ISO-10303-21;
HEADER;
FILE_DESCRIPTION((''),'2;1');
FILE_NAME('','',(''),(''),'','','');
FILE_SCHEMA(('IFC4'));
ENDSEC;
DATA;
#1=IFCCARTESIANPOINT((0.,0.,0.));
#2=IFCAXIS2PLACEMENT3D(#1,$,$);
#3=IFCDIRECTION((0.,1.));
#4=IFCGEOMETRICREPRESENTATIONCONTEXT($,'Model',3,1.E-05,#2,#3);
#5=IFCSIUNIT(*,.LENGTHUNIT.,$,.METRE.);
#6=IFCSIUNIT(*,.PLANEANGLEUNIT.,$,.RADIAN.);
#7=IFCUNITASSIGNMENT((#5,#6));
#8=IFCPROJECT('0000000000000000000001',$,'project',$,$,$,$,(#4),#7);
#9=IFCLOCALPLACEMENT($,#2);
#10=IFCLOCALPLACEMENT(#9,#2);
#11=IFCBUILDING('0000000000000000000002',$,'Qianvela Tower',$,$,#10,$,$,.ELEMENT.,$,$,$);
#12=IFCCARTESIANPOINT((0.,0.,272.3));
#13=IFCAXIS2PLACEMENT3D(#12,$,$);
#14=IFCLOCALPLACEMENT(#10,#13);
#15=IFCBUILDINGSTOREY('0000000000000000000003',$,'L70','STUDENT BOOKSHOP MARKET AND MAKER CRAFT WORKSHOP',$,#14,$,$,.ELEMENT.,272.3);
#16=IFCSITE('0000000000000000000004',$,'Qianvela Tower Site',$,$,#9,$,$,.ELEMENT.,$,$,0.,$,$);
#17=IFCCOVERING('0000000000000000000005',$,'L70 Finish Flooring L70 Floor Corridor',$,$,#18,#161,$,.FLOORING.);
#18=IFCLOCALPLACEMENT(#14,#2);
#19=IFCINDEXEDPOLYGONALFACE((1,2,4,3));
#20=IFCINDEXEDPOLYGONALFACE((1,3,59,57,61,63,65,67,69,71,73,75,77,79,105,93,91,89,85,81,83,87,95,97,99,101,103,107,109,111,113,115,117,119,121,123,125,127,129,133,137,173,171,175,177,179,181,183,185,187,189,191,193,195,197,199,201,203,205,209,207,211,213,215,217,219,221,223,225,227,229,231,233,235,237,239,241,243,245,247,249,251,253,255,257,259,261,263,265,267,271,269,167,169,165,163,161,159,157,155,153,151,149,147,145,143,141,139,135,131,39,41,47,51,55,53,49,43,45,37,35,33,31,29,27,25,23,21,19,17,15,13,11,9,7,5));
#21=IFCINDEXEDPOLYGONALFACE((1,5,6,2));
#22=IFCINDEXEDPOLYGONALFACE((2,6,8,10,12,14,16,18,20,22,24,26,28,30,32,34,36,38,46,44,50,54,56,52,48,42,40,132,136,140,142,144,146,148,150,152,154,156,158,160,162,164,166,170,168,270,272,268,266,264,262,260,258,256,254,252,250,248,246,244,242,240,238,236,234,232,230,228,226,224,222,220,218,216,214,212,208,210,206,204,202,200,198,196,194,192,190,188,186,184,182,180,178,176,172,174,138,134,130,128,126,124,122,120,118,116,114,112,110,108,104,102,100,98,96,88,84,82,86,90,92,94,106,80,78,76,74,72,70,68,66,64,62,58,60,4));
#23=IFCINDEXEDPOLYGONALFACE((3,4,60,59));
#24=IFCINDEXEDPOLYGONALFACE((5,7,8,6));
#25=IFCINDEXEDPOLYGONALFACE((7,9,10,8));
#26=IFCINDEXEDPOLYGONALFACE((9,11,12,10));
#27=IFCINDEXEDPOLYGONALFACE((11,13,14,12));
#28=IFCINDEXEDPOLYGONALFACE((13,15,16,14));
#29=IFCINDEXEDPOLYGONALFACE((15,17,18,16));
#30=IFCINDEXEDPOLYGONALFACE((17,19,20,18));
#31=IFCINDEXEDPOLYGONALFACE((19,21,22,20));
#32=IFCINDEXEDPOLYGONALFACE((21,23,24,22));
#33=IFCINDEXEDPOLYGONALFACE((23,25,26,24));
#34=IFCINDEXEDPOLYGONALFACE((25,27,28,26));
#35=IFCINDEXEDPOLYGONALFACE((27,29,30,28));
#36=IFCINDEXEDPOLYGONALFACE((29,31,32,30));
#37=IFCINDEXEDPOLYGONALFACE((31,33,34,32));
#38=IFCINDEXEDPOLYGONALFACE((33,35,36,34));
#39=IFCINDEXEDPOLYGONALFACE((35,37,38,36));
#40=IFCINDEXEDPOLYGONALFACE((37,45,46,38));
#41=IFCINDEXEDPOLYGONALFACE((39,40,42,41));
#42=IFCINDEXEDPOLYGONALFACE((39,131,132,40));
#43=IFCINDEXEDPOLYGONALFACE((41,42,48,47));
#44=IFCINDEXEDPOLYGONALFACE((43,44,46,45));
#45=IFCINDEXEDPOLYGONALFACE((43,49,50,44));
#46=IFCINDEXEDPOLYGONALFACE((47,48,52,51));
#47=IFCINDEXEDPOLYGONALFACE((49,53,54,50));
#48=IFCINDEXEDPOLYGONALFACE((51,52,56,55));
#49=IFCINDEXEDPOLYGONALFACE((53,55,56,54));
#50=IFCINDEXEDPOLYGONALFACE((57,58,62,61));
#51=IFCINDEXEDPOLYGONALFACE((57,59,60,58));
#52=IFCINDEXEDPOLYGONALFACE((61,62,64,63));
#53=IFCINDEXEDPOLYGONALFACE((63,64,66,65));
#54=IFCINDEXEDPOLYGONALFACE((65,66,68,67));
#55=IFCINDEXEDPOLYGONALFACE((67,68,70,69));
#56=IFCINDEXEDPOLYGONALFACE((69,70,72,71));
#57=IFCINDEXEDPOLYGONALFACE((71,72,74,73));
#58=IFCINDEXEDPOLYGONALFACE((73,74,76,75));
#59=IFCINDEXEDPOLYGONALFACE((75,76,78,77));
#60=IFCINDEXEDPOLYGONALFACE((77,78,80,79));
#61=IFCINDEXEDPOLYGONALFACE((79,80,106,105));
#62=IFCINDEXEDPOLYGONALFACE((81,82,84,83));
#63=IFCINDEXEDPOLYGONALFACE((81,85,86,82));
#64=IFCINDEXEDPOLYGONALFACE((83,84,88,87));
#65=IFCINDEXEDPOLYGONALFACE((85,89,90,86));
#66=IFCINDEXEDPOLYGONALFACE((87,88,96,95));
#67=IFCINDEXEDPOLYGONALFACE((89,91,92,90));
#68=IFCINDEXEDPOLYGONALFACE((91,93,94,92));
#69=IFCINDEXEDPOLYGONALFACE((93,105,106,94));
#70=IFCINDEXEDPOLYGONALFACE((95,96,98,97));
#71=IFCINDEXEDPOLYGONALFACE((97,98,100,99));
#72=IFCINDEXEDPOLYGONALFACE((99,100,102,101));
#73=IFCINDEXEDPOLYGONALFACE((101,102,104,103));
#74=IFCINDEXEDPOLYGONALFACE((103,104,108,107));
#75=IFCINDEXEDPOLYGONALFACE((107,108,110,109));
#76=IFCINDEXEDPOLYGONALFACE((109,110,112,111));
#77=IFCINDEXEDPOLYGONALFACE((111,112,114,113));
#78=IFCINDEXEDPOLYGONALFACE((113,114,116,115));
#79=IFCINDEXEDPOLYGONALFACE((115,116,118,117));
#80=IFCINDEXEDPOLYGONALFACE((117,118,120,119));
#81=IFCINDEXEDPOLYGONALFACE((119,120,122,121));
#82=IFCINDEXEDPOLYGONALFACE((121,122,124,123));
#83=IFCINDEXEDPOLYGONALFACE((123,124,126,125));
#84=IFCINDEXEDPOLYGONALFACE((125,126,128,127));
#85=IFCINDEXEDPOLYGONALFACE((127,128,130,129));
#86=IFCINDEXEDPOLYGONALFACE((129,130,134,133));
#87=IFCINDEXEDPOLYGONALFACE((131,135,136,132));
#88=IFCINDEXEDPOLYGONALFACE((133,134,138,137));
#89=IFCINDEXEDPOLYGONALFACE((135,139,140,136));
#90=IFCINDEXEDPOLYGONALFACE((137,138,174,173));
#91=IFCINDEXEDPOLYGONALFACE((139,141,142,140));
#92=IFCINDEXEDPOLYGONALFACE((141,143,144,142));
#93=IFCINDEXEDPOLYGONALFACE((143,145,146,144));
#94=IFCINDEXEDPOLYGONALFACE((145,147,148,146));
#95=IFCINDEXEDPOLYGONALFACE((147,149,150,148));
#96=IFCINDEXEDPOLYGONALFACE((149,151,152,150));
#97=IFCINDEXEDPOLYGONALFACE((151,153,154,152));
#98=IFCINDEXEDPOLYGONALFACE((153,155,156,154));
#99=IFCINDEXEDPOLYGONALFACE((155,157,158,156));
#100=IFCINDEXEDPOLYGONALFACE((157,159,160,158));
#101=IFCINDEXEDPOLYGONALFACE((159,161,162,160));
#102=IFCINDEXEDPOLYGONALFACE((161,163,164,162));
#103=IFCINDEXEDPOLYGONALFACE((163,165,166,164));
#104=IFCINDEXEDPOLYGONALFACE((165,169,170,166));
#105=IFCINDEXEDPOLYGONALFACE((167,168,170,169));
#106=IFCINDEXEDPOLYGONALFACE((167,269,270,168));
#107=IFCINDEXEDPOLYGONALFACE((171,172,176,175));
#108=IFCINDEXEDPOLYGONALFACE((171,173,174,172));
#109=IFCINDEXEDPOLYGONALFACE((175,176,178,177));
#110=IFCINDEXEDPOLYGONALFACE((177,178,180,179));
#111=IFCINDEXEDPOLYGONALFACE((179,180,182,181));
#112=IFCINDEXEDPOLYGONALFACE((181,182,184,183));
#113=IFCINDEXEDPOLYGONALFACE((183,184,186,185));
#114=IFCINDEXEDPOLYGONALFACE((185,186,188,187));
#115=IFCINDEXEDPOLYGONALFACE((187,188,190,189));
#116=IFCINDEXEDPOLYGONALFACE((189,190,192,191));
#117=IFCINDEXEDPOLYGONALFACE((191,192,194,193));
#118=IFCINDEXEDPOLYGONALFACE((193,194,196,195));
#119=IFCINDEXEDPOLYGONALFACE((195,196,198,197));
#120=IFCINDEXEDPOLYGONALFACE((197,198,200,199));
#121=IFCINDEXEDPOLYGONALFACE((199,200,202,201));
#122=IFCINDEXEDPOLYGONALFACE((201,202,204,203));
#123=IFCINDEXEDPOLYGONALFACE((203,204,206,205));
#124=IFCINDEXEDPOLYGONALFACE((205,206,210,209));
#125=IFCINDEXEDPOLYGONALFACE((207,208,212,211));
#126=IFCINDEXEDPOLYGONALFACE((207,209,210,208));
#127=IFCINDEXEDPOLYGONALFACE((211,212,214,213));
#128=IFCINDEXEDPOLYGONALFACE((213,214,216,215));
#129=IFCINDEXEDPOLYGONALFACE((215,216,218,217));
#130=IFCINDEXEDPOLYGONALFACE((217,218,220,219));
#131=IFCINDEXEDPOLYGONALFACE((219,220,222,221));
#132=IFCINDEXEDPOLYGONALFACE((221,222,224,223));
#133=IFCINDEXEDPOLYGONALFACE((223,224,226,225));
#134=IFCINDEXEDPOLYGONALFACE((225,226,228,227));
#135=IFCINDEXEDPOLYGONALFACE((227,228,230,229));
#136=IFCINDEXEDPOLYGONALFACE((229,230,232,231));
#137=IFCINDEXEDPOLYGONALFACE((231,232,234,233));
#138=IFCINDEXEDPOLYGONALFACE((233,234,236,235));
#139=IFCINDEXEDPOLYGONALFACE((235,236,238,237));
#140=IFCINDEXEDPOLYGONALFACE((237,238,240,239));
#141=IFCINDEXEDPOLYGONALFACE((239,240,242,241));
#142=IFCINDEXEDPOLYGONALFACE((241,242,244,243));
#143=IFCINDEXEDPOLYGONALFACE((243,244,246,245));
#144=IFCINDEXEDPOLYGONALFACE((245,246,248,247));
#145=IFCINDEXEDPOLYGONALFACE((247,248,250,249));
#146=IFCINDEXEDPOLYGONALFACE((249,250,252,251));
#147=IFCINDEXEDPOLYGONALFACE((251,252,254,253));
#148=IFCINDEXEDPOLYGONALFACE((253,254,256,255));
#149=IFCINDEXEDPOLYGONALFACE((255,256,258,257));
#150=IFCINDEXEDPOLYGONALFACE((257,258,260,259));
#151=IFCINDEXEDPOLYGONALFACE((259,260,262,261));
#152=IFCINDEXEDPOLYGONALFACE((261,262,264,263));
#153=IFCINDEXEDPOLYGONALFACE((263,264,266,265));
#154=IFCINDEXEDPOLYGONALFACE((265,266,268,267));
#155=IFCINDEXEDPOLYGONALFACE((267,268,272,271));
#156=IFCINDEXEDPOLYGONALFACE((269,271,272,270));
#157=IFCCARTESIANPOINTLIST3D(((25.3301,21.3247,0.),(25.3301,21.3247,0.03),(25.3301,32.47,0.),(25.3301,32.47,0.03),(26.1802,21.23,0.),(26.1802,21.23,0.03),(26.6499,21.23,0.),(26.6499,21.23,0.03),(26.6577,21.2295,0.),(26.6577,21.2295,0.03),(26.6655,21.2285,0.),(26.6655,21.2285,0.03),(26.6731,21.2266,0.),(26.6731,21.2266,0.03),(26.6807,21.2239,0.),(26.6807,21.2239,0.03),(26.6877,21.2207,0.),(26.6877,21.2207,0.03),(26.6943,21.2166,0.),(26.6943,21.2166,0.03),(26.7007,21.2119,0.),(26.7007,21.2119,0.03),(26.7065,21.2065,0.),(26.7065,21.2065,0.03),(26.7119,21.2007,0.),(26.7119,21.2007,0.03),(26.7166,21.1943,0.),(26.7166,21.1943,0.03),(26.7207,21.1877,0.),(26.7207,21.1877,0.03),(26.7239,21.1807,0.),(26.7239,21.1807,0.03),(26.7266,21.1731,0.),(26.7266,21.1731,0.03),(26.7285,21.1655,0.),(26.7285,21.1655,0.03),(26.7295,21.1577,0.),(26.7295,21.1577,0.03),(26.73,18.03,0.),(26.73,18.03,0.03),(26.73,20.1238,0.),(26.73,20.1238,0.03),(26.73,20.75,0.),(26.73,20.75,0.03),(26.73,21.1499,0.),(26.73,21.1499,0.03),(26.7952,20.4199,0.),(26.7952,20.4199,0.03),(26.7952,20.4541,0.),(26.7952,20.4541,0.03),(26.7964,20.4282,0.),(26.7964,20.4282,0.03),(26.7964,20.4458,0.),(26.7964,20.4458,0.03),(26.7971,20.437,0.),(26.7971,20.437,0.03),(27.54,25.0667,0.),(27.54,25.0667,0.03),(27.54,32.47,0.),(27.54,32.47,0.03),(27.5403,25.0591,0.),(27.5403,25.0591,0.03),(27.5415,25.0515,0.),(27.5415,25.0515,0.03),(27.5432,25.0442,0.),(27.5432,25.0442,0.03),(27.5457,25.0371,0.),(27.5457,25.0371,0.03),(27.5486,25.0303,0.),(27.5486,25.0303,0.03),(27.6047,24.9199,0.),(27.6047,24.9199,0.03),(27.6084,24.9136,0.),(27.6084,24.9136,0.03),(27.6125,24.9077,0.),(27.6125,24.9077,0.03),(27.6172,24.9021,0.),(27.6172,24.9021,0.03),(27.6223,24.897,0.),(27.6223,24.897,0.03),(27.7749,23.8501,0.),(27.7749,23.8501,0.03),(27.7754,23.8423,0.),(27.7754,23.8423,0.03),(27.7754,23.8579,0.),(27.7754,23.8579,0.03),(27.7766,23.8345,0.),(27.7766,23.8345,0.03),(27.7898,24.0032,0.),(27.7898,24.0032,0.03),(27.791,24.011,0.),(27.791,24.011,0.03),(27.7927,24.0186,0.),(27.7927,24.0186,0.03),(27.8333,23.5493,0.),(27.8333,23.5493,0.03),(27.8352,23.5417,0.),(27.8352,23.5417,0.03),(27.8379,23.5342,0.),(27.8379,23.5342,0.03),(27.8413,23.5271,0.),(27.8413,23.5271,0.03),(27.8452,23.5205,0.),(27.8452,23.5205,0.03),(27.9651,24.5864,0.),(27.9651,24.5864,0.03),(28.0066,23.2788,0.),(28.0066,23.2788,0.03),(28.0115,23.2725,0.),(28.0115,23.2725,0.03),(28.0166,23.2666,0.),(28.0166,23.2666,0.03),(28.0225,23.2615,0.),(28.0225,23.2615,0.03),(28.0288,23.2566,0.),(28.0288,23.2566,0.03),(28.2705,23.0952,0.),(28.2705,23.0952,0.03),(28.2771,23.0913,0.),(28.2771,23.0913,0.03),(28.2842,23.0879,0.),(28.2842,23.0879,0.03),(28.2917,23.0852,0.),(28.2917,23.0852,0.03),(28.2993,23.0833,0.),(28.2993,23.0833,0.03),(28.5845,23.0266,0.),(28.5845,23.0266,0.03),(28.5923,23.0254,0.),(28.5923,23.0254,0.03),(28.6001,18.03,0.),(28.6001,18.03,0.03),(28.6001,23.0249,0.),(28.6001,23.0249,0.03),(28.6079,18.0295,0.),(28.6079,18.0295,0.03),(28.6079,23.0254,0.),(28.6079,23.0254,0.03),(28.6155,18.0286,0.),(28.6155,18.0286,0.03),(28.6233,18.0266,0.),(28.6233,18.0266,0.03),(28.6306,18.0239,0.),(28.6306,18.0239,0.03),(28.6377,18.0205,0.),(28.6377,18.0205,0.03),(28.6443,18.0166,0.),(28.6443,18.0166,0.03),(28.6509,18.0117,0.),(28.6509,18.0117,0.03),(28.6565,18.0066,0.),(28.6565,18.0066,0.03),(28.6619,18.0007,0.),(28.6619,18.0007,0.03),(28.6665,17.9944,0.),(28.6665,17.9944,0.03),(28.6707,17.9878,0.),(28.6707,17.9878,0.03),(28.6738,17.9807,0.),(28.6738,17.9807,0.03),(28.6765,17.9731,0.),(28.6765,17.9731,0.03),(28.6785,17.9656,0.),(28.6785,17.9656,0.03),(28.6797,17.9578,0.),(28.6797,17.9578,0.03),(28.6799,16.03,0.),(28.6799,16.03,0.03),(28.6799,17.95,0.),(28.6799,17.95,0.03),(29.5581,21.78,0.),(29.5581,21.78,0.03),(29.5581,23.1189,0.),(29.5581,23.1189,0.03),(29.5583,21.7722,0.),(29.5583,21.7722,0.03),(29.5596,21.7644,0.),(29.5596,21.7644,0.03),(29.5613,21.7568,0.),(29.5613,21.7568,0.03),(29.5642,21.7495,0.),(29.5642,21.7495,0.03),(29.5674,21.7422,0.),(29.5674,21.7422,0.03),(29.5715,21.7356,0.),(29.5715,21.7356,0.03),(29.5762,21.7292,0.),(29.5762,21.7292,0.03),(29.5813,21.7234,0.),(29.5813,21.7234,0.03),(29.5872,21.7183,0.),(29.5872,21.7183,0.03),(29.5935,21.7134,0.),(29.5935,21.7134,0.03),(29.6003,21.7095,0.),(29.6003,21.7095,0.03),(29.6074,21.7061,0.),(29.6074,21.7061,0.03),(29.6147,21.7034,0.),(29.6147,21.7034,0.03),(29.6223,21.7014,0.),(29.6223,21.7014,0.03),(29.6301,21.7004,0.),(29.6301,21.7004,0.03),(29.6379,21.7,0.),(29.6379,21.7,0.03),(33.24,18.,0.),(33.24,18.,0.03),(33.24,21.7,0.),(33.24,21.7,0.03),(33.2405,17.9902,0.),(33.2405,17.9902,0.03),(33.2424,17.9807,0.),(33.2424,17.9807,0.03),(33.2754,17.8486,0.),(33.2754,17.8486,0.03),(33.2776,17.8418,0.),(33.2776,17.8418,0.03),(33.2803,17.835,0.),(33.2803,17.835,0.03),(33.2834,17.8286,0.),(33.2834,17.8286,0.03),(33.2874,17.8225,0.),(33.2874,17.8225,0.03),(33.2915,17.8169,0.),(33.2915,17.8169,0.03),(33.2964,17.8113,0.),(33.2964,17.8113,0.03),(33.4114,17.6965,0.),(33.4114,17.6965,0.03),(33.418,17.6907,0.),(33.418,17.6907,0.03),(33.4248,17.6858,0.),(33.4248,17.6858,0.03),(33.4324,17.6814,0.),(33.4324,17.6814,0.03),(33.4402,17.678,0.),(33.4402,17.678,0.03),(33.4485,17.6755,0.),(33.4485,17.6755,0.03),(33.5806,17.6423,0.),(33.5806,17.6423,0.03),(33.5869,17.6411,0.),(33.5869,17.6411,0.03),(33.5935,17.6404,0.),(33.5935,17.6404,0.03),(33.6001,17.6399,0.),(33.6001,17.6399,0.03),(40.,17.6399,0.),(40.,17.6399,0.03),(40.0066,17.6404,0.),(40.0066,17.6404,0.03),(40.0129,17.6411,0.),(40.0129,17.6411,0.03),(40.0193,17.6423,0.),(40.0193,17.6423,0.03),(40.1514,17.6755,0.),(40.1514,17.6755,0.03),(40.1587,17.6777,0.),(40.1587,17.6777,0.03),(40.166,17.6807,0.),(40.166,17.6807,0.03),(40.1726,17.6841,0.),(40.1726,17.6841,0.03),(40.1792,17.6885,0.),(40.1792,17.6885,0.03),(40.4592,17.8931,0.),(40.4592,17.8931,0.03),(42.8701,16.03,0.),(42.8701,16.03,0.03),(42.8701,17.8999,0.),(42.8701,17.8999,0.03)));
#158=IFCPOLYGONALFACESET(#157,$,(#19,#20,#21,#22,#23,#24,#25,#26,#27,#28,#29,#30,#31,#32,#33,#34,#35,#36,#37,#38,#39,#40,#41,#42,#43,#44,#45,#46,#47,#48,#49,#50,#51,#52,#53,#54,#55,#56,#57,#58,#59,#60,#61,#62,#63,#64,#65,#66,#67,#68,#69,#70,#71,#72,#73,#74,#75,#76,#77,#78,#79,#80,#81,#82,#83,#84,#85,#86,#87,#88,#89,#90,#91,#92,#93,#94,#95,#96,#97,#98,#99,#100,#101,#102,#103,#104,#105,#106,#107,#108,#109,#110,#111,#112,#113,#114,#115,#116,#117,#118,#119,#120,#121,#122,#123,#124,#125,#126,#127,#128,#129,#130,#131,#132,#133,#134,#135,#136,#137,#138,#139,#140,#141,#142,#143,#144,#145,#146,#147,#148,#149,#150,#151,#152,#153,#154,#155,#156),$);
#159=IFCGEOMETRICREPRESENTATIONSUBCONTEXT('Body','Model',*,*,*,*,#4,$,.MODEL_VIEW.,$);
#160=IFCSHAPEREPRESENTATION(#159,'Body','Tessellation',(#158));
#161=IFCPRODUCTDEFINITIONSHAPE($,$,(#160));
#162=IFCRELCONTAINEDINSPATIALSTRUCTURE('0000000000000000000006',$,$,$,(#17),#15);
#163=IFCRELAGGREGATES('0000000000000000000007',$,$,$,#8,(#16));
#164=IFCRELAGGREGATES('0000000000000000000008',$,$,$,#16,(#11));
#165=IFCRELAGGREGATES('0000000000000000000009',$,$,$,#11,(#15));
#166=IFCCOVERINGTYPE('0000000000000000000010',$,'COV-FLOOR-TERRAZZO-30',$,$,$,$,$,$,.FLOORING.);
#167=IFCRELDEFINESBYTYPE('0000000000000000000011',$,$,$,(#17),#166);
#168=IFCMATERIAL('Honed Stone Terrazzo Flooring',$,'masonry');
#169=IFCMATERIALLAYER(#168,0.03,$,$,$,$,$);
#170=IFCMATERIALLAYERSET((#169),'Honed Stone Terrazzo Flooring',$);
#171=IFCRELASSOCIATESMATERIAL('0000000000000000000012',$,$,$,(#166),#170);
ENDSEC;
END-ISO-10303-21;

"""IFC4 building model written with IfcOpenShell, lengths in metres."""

from ifc_helpers import new_model, si_unit, direction, frame, origin, place, context, subcontext, project, spatial, polyline, outline, extrude, material, layer, layer_set, type_object, element, save


model = new_model("IFC4")

# Units and contexts
model_context = context("Model", 3, precision=1e-05, world=origin(), true_north=direction((0.0, 1.0)))
body_context = subcontext(model_context, "Body", "Model", "MODEL_VIEW")
ifc_project = project(units=[si_unit("LENGTHUNIT", "METRE"), si_unit("PLANEANGLEUNIT", "RADIAN")], contexts=[model_context])

# Site, building, storey
site_placement = place(None, origin())
site = spatial("IfcSite", under=ifc_project, at=site_placement, Name="Qianvela Tower Site", CompositionType="ELEMENT", RefElevation=0.0)
building_placement = place(site_placement, origin())
building = spatial("IfcBuilding", under=site, at=building_placement, Name="Qianvela Tower", CompositionType="ELEMENT")
storey_placement = place(building_placement, frame((0.0, 0.0, 272.3)))
storey = spatial("IfcBuildingStorey", under=building, at=storey_placement, Name="L70", Description="STUDENT BOOKSHOP MARKET AND MAKER CRAFT WORKSHOP", CompositionType="ELEMENT", Elevation=272.3)

# Covering
ifc_material_1 = material(Name="Honed Stone Terrazzo Flooring", Category="masonry")
ifc_layer_1 = layer(ifc_material_1, 0.03)
ifc_layer_set_1 = layer_set([ifc_layer_1], Name="Honed Stone Terrazzo Flooring")
covering_type_1 = type_object("IfcCoveringType", Name="COV-FLOOR-TERRAZZO-30", PredefinedType="FLOORING", material=ifc_layer_set_1)
covering_1_placement = place(storey_placement, origin())
element("IfcCovering", 1, at=covering_1_placement, inside=storey, type_object=covering_type_1, Name="L70 Finish Flooring L70 Floor Corridor", PredefinedType="FLOORING", context=body_context, shape_type="SweptSolid", body=[
    extrude(outline(polyline([(27.7927, 24.0186), (27.791, 24.011), (27.7898, 24.0032), (27.7754, 23.8579), (27.7749, 23.8501), (27.7754, 23.8423), (27.7766, 23.8345), (27.8333, 23.5493), (27.8352, 23.5417), (27.8379, 23.5342), (27.8413, 23.5271), (27.8452, 23.5205), (28.0066, 23.2788), (28.0115, 23.2725), (28.0166, 23.2666), (28.0225, 23.2615), (28.0288, 23.2566), (28.2705, 23.0952), (28.2771, 23.0913), (28.2842, 23.0879), (28.2917, 23.0852), (28.2993, 23.0833), (28.5845, 23.0266), (28.5923, 23.0254), (28.6001, 23.0249), (28.6079, 23.0254), (29.5581, 23.1189), (29.5581, 21.78), (29.5583, 21.7722), (29.5596, 21.7644), (29.5613, 21.7568), (29.5642, 21.7495), (29.5674, 21.7422), (29.5715, 21.7356), (29.5762, 21.7292), (29.5813, 21.7234), (29.5872, 21.7183), (29.5935, 21.7134), (29.6003, 21.7095), (29.6074, 21.7061), (29.6147, 21.7034), (29.6223, 21.7014), (29.6301, 21.7004), (29.6379, 21.7), (33.24, 21.7), (33.24, 18.0), (33.2405, 17.9902), (33.2424, 17.9807), (33.2754, 17.8486), (33.2776, 17.8418), (33.2803, 17.835), (33.2834, 17.8286), (33.2874, 17.8225), (33.2915, 17.8169), (33.2964, 17.8113), (33.4114, 17.6965), (33.418, 17.6907), (33.4248, 17.6858), (33.4324, 17.6814), (33.4402, 17.678), (33.4485, 17.6755), (33.5806, 17.6423), (33.5869, 17.6411), (33.5935, 17.6404), (33.6001, 17.6399), (40.0, 17.6399), (40.0066, 17.6404), (40.0129, 17.6411), (40.0193, 17.6423), (40.1514, 17.6755), (40.1587, 17.6777), (40.166, 17.6807), (40.1726, 17.6841), (40.1792, 17.6885), (40.4592, 17.8931), (42.8701, 17.8999), (42.8701, 16.03), (28.6799, 16.03), (28.6799, 17.95), (28.6797, 17.9578), (28.6785, 17.9656), (28.6765, 17.9731), (28.6738, 17.9807), (28.6707, 17.9878), (28.6665, 17.9944), (28.6619, 18.0007), (28.6565, 18.0066), (28.6509, 18.0117), (28.6443, 18.0166), (28.6377, 18.0205), (28.6306, 18.0239), (28.6233, 18.0266), (28.6155, 18.0286), (28.6079, 18.0295), (28.6001, 18.03), (26.73, 18.03), (26.73, 20.1238), (26.7952, 20.4199), (26.7964, 20.4282), (26.7971, 20.437), (26.7964, 20.4458), (26.7952, 20.4541), (26.73, 20.75), (26.73, 21.1499), (26.7295, 21.1577), (26.7285, 21.1655), (26.7266, 21.1731), (26.7239, 21.1807), (26.7207, 21.1877), (26.7166, 21.1943), (26.7119, 21.2007), (26.7065, 21.2065), (26.7007, 21.2119), (26.6943, 21.2166), (26.6877, 21.2207), (26.6807, 21.2239), (26.6731, 21.2266), (26.6655, 21.2285), (26.6577, 21.2295), (26.6499, 21.23), (26.1802, 21.23), (25.3301, 21.3247), (25.3301, 32.47), (27.54, 32.47), (27.54, 25.0667), (27.5403, 25.0591), (27.5415, 25.0515), (27.5432, 25.0442), (27.5457, 25.0371), (27.5486, 25.0303), (27.6047, 24.9199), (27.6084, 24.9136), (27.6125, 24.9077), (27.6172, 24.9021), (27.6223, 24.897), (27.9651, 24.5864), (27.7927, 24.0186)])), origin(), (0.0, 0.0, 1.0), 0.03),
])

save(model, "model.ifc")
